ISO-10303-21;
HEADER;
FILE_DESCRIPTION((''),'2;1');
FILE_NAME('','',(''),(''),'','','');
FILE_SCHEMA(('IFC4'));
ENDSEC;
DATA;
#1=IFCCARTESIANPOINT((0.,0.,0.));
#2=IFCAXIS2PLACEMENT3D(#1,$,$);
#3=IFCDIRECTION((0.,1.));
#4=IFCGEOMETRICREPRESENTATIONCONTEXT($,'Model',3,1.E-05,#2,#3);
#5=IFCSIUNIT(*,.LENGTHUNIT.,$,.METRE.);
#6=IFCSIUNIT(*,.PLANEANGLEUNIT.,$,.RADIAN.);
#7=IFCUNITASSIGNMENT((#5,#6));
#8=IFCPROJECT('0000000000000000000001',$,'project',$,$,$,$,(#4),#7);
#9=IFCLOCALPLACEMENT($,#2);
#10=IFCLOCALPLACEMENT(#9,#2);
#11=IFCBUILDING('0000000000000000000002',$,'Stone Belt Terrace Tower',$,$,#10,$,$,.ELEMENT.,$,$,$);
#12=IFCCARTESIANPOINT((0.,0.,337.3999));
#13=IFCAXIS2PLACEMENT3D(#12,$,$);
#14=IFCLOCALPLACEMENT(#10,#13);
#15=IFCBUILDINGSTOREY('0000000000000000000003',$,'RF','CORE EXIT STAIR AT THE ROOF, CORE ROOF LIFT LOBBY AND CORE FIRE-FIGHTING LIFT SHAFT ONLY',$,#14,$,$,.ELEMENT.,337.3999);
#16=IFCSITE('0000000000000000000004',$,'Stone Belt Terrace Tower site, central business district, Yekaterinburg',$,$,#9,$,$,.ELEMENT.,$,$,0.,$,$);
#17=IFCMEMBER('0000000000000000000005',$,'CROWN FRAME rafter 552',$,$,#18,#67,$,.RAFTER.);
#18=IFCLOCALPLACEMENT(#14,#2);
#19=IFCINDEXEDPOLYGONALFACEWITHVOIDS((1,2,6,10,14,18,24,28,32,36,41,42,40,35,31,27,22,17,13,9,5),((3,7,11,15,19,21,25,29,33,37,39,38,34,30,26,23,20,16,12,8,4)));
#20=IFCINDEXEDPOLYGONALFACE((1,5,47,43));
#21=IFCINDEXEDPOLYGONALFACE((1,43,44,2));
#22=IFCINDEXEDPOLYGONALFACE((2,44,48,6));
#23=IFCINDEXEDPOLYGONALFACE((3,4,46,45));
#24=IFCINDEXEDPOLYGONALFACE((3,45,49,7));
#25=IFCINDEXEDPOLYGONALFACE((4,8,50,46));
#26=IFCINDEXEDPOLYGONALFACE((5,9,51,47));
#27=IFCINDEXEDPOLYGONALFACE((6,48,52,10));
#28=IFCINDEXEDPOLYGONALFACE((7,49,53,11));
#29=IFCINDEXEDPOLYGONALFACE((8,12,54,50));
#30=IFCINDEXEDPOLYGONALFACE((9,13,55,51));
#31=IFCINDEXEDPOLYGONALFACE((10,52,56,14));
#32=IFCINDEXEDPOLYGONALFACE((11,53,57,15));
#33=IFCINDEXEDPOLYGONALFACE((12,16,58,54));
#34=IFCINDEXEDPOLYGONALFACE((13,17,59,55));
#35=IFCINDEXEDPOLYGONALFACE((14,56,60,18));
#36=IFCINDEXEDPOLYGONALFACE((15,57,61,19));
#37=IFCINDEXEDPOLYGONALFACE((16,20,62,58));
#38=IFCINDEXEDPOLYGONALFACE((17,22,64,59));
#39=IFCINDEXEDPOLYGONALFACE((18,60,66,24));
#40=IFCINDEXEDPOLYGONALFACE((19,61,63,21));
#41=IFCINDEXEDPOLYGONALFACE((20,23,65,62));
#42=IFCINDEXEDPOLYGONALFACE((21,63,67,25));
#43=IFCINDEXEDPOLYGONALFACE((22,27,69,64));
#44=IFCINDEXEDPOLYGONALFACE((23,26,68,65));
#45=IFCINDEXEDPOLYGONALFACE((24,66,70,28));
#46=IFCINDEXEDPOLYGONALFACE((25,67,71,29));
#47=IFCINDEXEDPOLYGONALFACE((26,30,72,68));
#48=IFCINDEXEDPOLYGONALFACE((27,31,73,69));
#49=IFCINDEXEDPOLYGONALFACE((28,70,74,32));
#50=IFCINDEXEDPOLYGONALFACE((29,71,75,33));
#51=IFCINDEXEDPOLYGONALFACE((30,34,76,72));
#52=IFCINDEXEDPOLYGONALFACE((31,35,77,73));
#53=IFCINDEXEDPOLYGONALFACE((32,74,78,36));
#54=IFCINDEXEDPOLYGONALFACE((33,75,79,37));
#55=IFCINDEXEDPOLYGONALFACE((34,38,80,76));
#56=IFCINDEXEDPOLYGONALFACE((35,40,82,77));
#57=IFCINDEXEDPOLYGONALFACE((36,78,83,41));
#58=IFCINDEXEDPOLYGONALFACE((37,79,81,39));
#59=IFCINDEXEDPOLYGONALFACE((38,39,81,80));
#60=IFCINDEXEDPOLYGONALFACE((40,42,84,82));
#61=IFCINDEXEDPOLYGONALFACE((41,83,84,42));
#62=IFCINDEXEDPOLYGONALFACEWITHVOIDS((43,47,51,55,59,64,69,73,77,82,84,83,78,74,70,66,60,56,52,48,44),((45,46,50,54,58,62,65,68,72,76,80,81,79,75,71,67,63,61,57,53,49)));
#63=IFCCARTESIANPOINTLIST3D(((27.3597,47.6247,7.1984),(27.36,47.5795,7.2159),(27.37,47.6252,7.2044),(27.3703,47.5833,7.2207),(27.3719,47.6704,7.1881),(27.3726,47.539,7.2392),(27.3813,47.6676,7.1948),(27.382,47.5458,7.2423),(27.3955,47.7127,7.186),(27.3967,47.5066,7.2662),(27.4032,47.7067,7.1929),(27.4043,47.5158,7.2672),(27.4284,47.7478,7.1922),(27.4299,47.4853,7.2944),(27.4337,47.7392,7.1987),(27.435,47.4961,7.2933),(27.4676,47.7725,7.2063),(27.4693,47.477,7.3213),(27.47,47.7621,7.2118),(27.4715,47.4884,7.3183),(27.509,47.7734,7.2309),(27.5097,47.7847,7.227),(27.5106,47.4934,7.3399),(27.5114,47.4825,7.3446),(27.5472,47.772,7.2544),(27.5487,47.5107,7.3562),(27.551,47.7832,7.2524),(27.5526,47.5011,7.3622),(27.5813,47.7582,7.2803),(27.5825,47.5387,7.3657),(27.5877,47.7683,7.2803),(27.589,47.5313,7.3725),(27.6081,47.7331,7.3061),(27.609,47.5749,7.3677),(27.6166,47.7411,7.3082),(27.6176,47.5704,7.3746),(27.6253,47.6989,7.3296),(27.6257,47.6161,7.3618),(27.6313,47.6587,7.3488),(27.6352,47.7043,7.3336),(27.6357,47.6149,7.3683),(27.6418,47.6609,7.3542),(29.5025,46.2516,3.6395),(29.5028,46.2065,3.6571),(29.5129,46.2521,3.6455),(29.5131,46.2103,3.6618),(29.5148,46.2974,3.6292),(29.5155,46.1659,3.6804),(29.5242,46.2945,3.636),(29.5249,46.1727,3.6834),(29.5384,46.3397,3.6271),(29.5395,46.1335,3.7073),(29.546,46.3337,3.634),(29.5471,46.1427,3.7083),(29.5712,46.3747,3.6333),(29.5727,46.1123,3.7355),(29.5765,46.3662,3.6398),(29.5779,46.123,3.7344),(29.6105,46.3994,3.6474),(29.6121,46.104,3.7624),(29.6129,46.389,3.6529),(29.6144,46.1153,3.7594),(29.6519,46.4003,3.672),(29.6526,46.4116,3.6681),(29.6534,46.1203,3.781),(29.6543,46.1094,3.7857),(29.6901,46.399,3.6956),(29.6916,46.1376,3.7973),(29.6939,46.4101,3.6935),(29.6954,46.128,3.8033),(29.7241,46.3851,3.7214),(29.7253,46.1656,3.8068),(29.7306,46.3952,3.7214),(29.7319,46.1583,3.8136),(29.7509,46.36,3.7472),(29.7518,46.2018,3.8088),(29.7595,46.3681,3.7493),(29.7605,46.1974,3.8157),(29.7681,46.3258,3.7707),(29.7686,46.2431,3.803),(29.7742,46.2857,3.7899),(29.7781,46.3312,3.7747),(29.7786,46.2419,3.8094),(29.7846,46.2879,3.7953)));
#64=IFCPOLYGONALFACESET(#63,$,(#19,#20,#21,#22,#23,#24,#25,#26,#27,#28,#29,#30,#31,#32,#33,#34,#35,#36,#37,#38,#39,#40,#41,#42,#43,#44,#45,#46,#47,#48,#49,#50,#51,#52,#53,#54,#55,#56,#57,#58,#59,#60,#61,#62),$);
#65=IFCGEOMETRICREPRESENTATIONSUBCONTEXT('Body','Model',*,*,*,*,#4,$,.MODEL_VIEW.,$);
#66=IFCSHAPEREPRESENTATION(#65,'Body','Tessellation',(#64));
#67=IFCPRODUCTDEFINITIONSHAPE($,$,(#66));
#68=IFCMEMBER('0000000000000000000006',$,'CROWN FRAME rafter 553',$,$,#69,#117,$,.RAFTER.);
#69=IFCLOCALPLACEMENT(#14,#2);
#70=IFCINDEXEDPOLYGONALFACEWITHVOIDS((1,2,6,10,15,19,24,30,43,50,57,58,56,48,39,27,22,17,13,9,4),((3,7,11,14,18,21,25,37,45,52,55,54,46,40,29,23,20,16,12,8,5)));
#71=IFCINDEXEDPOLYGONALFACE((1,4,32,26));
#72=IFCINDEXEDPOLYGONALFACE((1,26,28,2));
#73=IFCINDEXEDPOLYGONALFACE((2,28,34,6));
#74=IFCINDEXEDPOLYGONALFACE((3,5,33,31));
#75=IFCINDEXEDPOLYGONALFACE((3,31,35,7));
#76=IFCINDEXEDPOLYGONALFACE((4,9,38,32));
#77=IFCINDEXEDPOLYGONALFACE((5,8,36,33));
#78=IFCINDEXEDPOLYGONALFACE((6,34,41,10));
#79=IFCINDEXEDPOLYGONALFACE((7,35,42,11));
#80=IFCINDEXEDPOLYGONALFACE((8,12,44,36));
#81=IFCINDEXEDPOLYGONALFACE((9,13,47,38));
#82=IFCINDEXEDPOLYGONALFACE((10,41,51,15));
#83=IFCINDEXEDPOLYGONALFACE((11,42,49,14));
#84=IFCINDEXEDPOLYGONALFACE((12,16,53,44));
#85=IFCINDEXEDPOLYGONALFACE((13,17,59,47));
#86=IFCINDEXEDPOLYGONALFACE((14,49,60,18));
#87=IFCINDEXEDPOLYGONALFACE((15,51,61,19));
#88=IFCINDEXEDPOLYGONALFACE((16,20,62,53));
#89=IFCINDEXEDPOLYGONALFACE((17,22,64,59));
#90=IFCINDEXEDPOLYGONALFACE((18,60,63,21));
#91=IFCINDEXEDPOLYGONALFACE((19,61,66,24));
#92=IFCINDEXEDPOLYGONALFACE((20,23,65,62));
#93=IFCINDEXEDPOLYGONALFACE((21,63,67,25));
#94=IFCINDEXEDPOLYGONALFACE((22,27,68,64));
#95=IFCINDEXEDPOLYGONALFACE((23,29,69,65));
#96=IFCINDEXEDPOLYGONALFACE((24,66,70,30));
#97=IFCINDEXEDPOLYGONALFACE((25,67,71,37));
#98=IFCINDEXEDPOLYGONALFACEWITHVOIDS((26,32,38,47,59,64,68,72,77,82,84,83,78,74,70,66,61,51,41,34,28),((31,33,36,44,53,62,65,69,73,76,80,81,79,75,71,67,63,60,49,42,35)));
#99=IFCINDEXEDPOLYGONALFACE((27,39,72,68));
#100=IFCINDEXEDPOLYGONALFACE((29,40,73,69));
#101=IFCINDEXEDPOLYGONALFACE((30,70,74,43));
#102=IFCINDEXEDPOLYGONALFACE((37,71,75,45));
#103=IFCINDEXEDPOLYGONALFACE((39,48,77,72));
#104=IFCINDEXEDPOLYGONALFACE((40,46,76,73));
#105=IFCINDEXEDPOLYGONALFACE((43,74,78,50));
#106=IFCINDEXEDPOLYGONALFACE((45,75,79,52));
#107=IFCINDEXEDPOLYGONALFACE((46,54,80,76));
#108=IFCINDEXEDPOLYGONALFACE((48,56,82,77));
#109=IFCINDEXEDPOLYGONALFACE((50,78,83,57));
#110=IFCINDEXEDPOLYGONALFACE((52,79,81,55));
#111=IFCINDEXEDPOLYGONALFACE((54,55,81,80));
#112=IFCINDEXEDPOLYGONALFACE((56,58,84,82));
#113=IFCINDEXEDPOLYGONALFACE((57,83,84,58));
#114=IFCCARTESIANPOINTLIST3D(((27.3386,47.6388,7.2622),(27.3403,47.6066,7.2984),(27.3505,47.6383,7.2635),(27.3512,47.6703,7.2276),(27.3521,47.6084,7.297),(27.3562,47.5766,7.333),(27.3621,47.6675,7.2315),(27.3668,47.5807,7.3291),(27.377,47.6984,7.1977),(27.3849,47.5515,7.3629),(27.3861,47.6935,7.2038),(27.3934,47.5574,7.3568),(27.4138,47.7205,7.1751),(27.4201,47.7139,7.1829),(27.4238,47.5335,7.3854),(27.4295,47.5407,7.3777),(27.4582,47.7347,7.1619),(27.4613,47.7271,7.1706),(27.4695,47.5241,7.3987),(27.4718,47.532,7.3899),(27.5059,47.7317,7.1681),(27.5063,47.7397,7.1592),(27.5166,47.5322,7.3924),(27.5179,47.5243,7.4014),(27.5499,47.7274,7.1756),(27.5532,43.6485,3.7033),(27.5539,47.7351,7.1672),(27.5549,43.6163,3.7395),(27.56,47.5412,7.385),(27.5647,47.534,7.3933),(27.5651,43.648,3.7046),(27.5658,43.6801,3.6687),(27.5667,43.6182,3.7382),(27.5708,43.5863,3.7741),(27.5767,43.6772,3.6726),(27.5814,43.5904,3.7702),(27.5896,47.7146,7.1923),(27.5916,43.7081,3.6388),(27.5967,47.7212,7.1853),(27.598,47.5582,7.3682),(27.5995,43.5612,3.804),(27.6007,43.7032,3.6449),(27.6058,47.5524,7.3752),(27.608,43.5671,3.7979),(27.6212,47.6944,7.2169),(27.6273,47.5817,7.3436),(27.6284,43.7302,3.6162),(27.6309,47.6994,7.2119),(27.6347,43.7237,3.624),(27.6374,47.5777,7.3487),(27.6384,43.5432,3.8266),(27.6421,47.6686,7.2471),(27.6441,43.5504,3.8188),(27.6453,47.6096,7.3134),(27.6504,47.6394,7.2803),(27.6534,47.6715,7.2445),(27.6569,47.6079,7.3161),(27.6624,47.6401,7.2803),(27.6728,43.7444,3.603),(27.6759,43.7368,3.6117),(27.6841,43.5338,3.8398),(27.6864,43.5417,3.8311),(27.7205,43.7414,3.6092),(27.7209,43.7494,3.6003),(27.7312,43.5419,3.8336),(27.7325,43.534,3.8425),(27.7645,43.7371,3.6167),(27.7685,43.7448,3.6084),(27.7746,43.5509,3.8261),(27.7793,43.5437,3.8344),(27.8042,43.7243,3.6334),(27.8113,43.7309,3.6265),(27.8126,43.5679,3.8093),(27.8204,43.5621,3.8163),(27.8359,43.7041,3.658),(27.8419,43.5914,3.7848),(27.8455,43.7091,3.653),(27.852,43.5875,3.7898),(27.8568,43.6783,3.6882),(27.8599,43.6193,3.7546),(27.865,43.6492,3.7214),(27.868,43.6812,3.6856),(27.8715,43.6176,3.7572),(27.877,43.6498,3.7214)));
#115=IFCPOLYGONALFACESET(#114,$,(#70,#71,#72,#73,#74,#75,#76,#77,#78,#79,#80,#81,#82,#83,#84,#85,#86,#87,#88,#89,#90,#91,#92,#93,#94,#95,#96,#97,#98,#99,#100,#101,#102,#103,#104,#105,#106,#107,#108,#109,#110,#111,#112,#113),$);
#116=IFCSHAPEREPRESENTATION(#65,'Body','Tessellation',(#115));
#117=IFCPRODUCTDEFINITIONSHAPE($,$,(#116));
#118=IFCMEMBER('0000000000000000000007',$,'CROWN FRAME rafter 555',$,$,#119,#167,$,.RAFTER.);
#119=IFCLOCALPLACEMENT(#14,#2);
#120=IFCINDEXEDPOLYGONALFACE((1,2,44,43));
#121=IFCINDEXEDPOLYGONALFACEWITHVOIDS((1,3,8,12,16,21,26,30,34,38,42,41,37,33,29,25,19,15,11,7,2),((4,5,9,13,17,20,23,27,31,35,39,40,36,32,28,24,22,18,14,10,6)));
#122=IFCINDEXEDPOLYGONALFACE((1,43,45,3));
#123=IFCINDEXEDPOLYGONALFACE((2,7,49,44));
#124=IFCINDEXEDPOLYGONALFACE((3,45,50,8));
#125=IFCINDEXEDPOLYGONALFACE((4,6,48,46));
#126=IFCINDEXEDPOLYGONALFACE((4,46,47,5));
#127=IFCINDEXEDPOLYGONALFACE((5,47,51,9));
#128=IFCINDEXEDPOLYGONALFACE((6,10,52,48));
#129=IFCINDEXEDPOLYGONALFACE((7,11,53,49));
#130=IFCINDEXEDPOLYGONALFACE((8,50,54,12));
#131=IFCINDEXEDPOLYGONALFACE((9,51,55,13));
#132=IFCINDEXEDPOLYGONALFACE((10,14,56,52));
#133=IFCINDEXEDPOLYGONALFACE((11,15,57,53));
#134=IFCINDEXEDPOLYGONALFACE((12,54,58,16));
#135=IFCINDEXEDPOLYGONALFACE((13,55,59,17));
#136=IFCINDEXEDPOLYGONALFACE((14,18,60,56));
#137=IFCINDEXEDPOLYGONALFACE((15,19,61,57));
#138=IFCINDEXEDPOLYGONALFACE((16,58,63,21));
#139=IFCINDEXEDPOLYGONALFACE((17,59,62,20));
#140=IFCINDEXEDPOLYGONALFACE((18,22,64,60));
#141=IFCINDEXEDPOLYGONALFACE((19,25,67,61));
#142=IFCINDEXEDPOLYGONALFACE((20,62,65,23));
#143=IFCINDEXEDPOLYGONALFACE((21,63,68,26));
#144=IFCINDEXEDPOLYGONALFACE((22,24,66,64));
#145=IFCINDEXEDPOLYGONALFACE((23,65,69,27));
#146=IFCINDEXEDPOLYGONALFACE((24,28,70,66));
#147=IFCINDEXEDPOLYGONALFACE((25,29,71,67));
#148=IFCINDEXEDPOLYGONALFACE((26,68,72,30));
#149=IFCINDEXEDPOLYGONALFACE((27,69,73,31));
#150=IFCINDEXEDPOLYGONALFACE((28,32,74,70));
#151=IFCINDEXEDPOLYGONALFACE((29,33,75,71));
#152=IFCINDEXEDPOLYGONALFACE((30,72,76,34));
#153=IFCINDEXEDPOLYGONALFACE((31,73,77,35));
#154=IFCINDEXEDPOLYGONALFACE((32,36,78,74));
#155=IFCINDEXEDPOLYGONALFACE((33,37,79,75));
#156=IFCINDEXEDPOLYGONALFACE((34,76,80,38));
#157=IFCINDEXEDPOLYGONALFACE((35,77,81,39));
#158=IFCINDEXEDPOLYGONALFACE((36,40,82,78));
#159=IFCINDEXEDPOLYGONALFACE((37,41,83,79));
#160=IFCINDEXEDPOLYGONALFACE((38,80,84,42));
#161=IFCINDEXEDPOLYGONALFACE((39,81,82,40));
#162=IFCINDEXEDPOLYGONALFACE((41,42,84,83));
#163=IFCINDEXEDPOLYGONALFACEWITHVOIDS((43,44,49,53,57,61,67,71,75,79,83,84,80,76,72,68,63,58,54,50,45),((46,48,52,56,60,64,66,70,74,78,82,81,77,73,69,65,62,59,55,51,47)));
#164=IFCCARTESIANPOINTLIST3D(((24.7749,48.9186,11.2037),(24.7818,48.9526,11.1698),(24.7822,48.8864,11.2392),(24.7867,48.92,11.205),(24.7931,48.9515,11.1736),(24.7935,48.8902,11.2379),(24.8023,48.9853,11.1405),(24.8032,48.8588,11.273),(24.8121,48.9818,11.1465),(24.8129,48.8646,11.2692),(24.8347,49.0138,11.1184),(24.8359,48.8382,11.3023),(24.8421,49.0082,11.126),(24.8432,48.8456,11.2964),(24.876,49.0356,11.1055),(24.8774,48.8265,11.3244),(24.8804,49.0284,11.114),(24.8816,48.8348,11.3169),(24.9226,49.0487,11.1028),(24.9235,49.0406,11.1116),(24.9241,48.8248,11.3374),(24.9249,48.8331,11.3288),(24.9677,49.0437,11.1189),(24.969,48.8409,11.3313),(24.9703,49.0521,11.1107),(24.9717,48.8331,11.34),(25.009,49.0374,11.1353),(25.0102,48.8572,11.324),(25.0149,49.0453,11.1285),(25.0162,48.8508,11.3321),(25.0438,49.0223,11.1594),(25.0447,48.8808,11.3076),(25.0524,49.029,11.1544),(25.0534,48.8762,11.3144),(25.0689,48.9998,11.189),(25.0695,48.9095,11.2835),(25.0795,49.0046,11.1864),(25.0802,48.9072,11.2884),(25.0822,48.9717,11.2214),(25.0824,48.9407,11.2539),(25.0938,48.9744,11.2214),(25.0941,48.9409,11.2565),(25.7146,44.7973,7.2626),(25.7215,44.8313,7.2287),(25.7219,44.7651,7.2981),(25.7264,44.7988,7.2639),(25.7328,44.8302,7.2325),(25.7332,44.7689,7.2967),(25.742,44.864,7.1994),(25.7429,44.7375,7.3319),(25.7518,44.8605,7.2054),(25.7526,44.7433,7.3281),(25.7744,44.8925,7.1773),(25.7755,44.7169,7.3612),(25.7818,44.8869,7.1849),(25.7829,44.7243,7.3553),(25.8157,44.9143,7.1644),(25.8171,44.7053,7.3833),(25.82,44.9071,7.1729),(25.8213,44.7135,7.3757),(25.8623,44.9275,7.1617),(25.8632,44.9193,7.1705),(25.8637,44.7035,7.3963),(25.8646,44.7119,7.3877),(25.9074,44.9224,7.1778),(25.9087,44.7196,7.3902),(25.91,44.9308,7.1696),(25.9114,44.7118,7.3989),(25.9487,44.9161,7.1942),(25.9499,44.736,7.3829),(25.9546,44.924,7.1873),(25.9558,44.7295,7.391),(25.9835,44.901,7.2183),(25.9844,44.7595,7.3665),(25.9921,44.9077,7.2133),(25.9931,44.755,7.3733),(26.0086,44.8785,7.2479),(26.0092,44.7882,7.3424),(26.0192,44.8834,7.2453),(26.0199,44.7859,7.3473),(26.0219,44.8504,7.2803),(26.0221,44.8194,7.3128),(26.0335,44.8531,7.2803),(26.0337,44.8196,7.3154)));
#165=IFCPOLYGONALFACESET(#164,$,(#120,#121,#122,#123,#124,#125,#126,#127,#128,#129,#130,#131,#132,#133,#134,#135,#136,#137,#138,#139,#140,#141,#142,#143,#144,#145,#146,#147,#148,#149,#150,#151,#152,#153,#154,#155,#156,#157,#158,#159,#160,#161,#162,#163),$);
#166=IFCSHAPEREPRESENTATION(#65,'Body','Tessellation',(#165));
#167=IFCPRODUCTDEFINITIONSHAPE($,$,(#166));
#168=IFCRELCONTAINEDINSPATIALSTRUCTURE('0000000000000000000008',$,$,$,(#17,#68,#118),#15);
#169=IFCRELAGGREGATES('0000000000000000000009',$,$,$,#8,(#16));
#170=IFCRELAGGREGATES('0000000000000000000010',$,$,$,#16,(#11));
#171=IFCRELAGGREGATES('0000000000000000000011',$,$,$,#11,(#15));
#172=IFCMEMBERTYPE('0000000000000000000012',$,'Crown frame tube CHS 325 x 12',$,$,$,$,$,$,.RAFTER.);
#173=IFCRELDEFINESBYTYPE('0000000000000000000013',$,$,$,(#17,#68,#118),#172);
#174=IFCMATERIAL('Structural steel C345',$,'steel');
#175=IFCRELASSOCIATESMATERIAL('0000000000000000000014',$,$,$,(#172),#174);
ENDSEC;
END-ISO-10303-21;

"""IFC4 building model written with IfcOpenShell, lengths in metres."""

from ifc_helpers import new_model, si_unit, direction, frame, origin, origin_2d, place, context, subcontext, project, spatial, hollow_circle, extrude, material, material_profile, profile_set, type_object, element, save


model = new_model("IFC4")

# Units and contexts
model_context = context("Model", 3, precision=1e-05, world=origin(), true_north=direction((0.0, 1.0)))
body_context = subcontext(model_context, "Body", "Model", "MODEL_VIEW")
ifc_project = project(units=[si_unit("LENGTHUNIT", "METRE"), si_unit("PLANEANGLEUNIT", "RADIAN")], contexts=[model_context])

# Site, building, storey
site_placement = place(None, origin())
site = spatial("IfcSite", under=ifc_project, at=site_placement, Name="Stone Belt Terrace Tower site, central business district, Yekaterinburg", CompositionType="ELEMENT", RefElevation=0.0)
building_placement = place(site_placement, origin())
building = spatial("IfcBuilding", under=site, at=building_placement, Name="Stone Belt Terrace Tower", CompositionType="ELEMENT")
storey_placement = place(building_placement, frame((0.0, 0.0, 337.3999)))
storey = spatial("IfcBuildingStorey", under=building, at=storey_placement, Name="RF", Description="CORE EXIT STAIR AT THE ROOF, CORE ROOF LIFT LOBBY AND CORE FIRE-FIGHTING LIFT SHAFT ONLY", CompositionType="ELEMENT", Elevation=337.3999)

# Members
ifc_material_1 = material(Name="Structural steel C345", Category="steel")
ifc_material_profile_1 = material_profile(ifc_material_1, hollow_circle(Radius=0.1626, WallThickness=0.012, at=origin_2d()), Name="Structural steel C345 CHS 325x12")
ifc_profile_set_1 = profile_set([ifc_material_profile_1], Name="Structural steel C345")
member_type_1 = type_object("IfcMemberType", Name="Crown frame tube CHS 325 x 12", PredefinedType="RAFTER", material=ifc_profile_set_1)
member_1_placement = place(storey_placement, frame((27.5, 47.6313, 7.2803), z_axis=(0.489767, -0.313826, -0.813414), x_axis=(0.539511, 0.841979, 0.0)))
element("IfcMember", 1, at=member_1_placement, inside=storey, type_object=member_type_1, Name="CROWN FRAME rafter 552", PredefinedType="RAFTER", context=body_context, shape_type="SweptSolid", body=[
    extrude(hollow_circle(Radius=0.1626, WallThickness=0.012, at=origin_2d()), origin(), (0.0, 0.0, 1.0), 4.3752),
])
member_2_placement = place(storey_placement, frame((27.5, 47.6313, 7.2803), z_axis=(0.040104, -0.745697, -0.665077), x_axis=(0.998557, 0.053704, 0.0)))
element("IfcMember", 2, at=member_2_placement, inside=storey, type_object=member_type_1, Name="CROWN FRAME rafter 553", PredefinedType="RAFTER", context=body_context, shape_type="SweptSolid", body=[
    extrude(hollow_circle(Radius=0.1626, WallThickness=0.012, at=origin_2d()), origin(), (0.0, 0.0, 1.0), 5.3511),
])
member_3_placement = place(storey_placement, frame((24.9353, 48.9382, 11.2214), z_axis=(0.162595, -0.713111, -0.681935), x_axis=(0.974978, 0.222303, 0.0)))
element("IfcMember", 3, at=member_3_placement, inside=storey, type_object=member_type_1, Name="CROWN FRAME rafter 555", PredefinedType="RAFTER", context=body_context, shape_type="SweptSolid", body=[
    extrude(hollow_circle(Radius=0.1626, WallThickness=0.012, at=origin_2d()), origin(), (0.0, 0.0, 1.0), 5.7793),
])

save(model, "model.ifc")
